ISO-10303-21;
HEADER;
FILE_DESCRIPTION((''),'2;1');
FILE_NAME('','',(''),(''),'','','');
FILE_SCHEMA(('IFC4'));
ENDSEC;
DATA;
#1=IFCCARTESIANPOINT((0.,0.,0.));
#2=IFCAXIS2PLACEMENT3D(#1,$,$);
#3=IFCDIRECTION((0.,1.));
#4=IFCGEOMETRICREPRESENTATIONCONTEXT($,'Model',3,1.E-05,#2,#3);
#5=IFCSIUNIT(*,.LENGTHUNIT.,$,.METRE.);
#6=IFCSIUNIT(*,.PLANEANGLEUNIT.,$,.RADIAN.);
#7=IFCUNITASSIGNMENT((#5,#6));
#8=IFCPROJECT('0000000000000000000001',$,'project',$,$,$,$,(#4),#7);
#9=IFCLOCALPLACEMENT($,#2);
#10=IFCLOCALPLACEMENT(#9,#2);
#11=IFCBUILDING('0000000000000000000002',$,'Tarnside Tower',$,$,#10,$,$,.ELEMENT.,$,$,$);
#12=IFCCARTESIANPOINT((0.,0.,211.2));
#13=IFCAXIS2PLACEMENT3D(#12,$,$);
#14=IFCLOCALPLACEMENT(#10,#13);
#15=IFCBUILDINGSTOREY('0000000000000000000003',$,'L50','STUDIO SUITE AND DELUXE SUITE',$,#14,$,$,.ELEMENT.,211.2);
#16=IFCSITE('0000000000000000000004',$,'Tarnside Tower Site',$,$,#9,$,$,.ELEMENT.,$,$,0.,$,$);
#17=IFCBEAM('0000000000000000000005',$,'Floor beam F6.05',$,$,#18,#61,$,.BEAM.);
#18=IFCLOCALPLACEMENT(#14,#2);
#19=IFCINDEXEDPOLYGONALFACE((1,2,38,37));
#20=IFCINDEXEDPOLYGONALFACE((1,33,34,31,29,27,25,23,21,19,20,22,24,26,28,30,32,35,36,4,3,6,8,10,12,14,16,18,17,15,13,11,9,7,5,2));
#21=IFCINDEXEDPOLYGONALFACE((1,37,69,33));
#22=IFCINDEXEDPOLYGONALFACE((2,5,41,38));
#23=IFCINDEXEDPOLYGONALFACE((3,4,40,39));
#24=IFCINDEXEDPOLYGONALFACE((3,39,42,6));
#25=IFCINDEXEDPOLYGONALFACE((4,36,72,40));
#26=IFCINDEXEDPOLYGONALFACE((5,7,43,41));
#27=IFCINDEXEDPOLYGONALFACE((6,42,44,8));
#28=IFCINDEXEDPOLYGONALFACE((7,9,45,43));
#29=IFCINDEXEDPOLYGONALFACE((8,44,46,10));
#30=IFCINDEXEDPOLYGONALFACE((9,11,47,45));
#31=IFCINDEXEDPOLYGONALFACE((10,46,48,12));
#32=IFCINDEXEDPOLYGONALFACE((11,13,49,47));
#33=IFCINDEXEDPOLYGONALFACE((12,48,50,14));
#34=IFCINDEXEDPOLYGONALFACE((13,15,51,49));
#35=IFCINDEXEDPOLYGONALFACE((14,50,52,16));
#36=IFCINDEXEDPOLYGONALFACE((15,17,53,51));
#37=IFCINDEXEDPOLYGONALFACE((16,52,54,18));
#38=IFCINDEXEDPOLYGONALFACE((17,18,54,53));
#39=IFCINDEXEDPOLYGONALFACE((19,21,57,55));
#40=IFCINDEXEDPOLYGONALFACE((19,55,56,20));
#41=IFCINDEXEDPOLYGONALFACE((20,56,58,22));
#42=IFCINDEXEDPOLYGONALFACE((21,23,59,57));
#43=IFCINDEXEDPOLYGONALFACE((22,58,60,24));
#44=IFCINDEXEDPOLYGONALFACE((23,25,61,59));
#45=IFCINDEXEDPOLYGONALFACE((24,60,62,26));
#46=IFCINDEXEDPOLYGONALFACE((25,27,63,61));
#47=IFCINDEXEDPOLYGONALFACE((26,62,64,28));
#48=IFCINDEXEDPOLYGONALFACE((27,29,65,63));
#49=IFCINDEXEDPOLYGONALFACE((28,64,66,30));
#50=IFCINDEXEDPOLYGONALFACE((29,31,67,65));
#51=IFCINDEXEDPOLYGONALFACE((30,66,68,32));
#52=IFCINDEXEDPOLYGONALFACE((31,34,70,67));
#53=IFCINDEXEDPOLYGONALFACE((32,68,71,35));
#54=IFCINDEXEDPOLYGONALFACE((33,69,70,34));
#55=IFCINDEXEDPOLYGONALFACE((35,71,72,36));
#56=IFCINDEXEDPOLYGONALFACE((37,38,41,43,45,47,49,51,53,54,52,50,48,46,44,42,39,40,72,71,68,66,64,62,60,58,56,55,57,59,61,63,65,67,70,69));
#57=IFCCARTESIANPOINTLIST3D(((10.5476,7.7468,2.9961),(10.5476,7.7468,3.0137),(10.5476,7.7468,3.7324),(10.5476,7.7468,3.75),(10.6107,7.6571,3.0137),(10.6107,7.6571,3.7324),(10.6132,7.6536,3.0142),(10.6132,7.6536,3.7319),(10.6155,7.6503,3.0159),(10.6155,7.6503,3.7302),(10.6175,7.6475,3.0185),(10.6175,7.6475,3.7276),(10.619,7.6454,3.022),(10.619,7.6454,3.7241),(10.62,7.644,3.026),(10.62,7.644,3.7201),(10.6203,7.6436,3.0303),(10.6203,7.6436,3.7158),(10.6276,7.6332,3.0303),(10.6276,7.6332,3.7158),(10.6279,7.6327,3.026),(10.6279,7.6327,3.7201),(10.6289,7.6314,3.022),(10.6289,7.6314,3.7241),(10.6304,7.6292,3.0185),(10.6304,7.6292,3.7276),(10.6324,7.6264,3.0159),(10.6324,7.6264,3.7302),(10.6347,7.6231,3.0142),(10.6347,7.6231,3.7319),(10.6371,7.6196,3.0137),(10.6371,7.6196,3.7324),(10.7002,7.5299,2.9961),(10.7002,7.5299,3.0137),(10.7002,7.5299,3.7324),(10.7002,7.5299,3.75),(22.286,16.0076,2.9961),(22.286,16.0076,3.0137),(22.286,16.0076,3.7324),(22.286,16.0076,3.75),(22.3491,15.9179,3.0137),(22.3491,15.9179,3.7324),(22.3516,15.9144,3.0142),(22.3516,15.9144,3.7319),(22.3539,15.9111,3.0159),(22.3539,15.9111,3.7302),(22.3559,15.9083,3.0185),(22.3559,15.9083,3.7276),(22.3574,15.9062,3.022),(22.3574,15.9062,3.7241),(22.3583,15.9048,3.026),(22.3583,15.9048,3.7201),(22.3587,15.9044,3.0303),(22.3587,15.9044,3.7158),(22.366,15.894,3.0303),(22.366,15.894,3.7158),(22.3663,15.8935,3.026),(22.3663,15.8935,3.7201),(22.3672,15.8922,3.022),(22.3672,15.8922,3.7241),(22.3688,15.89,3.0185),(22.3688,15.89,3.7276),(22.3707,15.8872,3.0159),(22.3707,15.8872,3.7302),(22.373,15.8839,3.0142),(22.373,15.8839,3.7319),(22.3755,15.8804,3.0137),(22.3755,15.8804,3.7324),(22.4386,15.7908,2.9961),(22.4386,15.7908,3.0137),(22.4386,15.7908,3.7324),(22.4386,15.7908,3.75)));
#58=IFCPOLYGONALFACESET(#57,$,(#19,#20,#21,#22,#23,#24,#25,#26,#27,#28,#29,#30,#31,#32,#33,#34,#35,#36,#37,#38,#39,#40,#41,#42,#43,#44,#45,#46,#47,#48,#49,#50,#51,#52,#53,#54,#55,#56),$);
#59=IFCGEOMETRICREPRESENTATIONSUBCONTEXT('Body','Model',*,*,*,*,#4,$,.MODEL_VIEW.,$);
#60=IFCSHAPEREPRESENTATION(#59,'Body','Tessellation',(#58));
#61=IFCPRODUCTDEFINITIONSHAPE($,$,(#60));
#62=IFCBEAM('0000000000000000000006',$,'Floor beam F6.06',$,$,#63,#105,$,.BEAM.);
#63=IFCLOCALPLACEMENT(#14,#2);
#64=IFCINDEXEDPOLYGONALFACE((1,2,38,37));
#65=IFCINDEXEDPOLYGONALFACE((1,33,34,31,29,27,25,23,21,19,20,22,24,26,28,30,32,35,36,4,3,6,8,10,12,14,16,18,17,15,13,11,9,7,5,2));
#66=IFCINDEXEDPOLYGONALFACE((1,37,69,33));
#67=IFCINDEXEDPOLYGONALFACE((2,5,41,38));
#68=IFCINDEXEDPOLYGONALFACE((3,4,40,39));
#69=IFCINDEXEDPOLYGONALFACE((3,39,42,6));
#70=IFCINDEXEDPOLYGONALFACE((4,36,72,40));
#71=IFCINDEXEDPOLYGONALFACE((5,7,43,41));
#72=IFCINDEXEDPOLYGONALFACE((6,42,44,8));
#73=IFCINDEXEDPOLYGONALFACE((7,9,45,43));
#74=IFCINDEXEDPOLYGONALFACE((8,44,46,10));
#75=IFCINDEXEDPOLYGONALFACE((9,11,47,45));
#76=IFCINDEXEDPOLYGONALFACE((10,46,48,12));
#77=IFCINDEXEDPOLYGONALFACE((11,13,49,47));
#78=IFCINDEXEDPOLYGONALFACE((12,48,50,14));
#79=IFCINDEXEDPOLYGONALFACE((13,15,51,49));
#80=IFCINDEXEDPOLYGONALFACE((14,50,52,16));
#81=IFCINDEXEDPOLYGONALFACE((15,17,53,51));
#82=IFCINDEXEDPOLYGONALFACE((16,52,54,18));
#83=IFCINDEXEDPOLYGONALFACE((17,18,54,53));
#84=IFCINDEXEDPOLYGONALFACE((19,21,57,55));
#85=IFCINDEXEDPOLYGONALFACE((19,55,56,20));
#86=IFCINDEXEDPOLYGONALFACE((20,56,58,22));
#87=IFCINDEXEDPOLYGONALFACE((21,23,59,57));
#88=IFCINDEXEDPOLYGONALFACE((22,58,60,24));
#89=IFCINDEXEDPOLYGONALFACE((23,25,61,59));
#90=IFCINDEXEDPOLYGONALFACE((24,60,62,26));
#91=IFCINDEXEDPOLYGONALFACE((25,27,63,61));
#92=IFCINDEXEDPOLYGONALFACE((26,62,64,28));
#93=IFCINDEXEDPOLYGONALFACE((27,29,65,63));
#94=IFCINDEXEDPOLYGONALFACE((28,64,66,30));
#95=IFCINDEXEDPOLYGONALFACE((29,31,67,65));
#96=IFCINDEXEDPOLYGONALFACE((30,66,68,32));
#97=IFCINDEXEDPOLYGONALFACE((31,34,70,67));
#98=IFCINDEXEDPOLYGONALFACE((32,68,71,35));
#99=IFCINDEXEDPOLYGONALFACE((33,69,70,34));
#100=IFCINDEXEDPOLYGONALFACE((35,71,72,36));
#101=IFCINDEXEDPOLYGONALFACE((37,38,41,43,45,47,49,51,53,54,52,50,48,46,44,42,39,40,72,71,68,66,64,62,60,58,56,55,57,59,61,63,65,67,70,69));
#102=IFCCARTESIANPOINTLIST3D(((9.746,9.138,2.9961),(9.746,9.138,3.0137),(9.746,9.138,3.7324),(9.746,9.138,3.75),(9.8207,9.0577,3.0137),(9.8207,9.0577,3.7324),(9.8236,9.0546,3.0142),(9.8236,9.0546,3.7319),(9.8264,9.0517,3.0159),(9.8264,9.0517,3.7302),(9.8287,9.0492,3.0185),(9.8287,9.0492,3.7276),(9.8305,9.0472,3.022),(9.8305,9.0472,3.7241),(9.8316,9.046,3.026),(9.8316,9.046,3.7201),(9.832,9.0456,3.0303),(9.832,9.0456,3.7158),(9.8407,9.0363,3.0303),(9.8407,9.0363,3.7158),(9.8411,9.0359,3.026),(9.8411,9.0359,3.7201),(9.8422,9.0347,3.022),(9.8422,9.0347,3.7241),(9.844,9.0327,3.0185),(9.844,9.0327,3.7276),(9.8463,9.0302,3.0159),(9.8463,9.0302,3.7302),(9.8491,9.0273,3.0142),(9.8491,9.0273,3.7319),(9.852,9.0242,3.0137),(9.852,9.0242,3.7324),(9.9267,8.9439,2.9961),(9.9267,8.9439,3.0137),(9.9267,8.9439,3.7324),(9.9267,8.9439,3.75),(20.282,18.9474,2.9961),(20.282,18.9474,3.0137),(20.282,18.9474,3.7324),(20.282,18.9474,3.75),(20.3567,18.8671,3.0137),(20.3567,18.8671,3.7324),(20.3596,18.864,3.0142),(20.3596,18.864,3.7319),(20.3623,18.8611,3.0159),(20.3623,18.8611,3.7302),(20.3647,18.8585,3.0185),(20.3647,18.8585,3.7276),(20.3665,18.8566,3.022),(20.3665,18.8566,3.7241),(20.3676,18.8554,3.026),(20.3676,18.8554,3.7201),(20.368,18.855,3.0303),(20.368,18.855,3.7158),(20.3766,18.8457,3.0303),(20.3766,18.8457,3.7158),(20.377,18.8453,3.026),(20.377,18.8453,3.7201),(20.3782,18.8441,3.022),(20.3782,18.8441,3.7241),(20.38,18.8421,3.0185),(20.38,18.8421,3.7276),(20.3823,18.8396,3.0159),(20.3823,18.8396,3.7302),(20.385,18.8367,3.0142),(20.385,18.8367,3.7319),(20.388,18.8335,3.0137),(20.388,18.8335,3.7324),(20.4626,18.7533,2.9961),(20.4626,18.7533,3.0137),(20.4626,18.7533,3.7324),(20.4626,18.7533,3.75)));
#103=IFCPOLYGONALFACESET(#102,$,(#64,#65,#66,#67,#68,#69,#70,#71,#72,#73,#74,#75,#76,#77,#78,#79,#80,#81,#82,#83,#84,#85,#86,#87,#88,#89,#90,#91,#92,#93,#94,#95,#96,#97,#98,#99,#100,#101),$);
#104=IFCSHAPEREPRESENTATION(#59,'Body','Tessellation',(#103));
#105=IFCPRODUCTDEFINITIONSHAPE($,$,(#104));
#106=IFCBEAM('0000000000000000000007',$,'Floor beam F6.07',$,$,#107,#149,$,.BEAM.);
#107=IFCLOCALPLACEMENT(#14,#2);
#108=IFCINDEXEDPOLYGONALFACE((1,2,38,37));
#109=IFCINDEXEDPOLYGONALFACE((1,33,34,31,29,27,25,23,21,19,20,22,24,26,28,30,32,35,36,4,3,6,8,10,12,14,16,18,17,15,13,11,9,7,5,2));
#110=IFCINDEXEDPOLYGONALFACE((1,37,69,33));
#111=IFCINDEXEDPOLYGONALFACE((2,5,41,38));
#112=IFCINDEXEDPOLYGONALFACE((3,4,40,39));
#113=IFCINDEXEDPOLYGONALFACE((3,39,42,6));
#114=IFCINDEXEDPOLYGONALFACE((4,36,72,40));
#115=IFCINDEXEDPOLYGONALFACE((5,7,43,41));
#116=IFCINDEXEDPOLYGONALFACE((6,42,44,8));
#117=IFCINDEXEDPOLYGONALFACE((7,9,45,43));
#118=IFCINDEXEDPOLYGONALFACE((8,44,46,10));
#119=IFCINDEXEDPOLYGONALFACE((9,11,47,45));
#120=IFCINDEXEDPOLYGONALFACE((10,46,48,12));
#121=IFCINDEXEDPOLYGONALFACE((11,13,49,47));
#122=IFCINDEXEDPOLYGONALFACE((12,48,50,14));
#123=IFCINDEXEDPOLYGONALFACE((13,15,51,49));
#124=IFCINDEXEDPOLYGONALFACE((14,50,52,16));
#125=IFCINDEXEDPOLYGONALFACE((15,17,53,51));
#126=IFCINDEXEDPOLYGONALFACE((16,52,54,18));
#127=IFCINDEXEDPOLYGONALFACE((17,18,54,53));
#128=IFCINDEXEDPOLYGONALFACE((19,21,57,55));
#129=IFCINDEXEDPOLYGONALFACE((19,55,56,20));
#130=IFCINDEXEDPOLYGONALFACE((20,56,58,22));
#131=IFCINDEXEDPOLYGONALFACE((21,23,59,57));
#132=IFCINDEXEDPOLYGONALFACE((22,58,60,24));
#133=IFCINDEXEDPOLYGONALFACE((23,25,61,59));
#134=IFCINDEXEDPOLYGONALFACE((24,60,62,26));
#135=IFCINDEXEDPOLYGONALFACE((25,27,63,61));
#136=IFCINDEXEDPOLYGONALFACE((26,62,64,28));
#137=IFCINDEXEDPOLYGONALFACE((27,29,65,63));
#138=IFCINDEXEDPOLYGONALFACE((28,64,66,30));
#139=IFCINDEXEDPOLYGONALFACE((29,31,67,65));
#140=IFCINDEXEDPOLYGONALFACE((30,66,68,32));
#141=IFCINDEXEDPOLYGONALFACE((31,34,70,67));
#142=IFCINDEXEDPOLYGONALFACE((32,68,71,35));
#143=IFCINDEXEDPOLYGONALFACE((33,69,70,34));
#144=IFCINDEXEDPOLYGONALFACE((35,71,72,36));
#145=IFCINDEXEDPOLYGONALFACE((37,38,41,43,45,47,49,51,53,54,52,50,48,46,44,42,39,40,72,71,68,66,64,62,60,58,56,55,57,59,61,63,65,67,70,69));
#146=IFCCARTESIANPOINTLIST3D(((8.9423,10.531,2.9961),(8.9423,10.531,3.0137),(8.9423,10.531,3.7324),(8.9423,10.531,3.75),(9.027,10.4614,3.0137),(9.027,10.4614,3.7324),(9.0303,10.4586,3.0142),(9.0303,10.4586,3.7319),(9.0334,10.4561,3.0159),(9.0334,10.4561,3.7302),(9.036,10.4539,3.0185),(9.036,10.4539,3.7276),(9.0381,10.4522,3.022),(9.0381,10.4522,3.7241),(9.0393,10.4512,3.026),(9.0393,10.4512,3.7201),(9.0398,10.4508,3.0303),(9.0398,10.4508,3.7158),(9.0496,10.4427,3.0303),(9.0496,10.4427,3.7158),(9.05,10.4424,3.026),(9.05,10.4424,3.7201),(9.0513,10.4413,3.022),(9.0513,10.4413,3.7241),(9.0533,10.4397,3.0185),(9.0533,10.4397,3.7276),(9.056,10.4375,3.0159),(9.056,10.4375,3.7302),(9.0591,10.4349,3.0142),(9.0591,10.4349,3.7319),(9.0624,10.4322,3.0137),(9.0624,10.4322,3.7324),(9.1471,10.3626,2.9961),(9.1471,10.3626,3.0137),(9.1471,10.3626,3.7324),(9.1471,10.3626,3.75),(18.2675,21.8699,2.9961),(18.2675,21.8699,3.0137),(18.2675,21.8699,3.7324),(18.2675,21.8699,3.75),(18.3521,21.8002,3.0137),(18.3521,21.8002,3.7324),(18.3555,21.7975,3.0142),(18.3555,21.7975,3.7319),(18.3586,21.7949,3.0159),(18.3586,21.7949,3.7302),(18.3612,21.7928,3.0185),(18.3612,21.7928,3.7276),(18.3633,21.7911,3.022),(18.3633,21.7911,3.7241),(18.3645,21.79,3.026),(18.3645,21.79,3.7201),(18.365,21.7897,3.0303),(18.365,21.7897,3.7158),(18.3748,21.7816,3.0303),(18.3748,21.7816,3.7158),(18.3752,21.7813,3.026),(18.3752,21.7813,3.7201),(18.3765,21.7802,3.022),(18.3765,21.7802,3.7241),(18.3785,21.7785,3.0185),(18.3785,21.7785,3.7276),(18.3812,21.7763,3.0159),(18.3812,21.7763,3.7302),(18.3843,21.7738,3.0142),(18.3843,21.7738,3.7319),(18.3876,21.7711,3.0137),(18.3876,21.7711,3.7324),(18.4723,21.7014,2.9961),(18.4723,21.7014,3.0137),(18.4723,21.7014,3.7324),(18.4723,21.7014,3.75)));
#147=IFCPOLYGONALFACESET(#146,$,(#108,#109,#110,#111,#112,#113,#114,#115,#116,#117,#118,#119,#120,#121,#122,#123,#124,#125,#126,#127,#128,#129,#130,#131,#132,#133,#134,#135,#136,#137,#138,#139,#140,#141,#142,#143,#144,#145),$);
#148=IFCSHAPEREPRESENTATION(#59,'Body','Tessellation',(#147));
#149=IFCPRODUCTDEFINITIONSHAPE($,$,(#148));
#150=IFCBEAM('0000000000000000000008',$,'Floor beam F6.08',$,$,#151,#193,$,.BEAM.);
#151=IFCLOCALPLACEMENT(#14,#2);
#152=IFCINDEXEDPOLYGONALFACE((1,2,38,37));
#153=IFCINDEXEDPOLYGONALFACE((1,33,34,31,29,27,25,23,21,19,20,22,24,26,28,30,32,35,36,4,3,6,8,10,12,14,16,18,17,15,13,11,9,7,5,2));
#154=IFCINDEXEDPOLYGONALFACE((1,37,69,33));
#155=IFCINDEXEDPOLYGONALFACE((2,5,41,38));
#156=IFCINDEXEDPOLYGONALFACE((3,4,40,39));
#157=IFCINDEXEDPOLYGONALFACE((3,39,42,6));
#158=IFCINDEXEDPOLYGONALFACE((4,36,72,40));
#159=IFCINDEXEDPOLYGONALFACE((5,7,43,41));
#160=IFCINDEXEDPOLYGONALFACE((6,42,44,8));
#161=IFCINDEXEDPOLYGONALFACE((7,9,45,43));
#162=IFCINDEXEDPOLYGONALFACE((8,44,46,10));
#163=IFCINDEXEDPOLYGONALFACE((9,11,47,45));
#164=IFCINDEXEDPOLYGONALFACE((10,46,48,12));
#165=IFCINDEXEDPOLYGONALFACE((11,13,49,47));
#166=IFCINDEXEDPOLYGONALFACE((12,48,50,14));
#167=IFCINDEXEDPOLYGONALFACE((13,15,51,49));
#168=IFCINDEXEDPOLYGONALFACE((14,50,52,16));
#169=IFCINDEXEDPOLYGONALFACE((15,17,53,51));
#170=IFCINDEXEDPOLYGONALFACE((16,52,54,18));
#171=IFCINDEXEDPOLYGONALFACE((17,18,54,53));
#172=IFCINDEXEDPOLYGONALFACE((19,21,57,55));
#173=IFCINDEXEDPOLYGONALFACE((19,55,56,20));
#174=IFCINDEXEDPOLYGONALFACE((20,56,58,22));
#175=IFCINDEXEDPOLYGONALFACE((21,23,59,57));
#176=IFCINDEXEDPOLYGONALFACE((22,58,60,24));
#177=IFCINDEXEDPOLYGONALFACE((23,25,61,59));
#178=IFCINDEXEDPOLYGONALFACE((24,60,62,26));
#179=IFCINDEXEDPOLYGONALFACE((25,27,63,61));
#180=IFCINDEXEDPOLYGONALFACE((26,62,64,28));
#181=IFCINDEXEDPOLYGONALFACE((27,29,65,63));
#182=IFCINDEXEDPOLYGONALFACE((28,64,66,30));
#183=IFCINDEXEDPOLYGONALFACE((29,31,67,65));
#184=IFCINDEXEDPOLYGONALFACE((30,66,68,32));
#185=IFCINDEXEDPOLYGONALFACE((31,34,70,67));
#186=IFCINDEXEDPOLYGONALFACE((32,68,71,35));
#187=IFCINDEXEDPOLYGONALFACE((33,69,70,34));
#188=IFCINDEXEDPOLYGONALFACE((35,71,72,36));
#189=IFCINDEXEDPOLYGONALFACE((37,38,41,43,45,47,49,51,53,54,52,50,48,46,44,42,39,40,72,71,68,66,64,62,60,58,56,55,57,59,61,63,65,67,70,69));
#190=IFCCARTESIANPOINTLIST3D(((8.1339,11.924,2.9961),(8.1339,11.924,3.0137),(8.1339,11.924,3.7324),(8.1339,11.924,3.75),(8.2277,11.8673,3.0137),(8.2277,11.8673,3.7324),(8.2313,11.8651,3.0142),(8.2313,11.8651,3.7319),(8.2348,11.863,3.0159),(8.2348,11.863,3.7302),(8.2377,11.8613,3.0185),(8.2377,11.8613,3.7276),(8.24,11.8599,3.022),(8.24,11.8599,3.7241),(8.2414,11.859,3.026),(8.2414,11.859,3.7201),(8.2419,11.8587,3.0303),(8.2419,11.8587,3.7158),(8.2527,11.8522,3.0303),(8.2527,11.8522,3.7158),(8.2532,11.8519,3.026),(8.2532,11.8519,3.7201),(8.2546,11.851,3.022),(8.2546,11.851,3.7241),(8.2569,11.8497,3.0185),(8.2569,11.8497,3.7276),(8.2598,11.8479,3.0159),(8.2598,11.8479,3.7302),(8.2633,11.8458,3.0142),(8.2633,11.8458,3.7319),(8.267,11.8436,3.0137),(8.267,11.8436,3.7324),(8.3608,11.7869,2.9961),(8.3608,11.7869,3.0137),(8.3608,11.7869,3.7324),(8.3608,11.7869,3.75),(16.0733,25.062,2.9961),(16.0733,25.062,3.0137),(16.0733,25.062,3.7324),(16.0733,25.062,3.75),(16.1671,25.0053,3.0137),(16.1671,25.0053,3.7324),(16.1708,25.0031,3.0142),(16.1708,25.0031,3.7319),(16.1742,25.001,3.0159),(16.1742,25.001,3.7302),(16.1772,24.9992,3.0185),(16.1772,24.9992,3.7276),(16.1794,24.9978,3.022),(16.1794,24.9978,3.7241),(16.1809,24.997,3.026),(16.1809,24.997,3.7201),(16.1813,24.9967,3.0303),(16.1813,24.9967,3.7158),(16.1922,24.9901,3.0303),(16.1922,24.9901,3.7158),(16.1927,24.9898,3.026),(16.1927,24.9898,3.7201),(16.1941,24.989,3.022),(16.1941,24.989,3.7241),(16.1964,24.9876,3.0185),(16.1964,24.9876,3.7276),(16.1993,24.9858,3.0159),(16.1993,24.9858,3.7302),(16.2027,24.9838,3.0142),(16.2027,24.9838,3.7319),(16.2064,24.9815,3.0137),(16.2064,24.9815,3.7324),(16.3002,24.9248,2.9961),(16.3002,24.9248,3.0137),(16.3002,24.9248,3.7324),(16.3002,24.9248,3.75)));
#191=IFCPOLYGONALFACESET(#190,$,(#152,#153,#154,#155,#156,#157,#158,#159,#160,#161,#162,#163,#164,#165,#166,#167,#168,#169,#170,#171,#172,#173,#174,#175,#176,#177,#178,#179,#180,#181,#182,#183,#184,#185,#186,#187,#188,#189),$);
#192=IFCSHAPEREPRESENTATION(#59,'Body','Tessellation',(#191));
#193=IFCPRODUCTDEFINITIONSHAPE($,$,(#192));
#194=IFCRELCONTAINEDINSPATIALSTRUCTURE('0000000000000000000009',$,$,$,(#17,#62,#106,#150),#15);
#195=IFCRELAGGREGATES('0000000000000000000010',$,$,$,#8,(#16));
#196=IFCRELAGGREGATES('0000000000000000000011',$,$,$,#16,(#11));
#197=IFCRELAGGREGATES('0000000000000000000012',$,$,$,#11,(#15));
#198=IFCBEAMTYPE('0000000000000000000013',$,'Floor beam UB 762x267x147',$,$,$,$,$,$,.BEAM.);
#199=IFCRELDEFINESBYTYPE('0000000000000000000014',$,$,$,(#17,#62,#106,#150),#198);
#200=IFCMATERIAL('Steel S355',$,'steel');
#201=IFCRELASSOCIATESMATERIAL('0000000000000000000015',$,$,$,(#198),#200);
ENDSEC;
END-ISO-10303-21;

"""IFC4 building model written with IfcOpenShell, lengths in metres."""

from ifc_helpers import new_model, si_unit, direction, frame, origin, origin_2d, place, context, subcontext, project, spatial, i_section, extrude, material, material_profile, profile_set, type_object, element, save


model = new_model("IFC4")

# Units and contexts
model_context = context("Model", 3, precision=1e-05, world=origin(), true_north=direction((0.0, 1.0)))
body_context = subcontext(model_context, "Body", "Model", "MODEL_VIEW")
ifc_project = project(units=[si_unit("LENGTHUNIT", "METRE"), si_unit("PLANEANGLEUNIT", "RADIAN")], contexts=[model_context])

# Site, building, storey
site_placement = place(None, origin())
site = spatial("IfcSite", under=ifc_project, at=site_placement, Name="Tarnside Tower Site", CompositionType="ELEMENT", RefElevation=0.0)
building_placement = place(site_placement, origin())
building = spatial("IfcBuilding", under=site, at=building_placement, Name="Tarnside Tower", CompositionType="ELEMENT")
storey_placement = place(building_placement, frame((0.0, 0.0, 211.2)))
storey = spatial("IfcBuildingStorey", under=building, at=storey_placement, Name="L50", Description="STUDIO SUITE AND DELUXE SUITE", CompositionType="ELEMENT", Elevation=211.2)

# Beams
ifc_material_1 = material(Name="Steel S355", Category="steel")
ifc_material_profile_1 = material_profile(ifc_material_1, i_section(OverallWidth=0.2651, OverallDepth=0.7539, WebThickness=0.0127, FlangeThickness=0.0176, FilletRadius=0.0166, at=origin_2d()), Name="UB 762x267x147")
ifc_profile_set_1 = profile_set([ifc_material_profile_1], Name="Steel S355")
beam_type_1 = type_object("IfcBeamType", Name="Floor beam UB 762x267x147", PredefinedType="BEAM", material=ifc_profile_set_1)
beam_1_placement = place(storey_placement, frame((22.3623, 15.8992, 3.373), z_axis=(-0.817791, -0.575515, 0.0), x_axis=(0.575515, -0.817791, 0.0)))
element("IfcBeam", 1, at=beam_1_placement, inside=storey, type_object=beam_type_1, Name="Floor beam F6.05", PredefinedType="BEAM", context=body_context, shape_type="SweptSolid", body=[
    extrude(i_section(OverallWidth=0.2651, OverallDepth=0.7539, WebThickness=0.0127, FlangeThickness=0.0176, FilletRadius=0.0166, at=origin_2d()), origin(), (0.0, 0.0, 1.0), 14.3538),
])
beam_2_placement = place(storey_placement, frame((20.3723, 18.8503, 3.373), z_axis=(-0.731892, -0.68142, 0.0), x_axis=(0.68142, -0.731892, 0.0)))
element("IfcBeam", 2, at=beam_2_placement, inside=storey, type_object=beam_type_1, Name="Floor beam F6.06", PredefinedType="BEAM", context=body_context, shape_type="SweptSolid", body=[
    extrude(i_section(OverallWidth=0.2651, OverallDepth=0.7539, WebThickness=0.0127, FlangeThickness=0.0176, FilletRadius=0.0166, at=origin_2d()), origin(), (0.0, 0.0, 1.0), 14.3955),
])
beam_3_placement = place(storey_placement, frame((18.3699, 21.7856, 3.373), z_axis=(-0.635192, -0.772354, 0.0), x_axis=(0.772354, -0.635192, 0.0)))
element("IfcBeam", 3, at=beam_3_placement, inside=storey, type_object=beam_type_1, Name="Floor beam F6.07", PredefinedType="BEAM", context=body_context, shape_type="SweptSolid", body=[
    extrude(i_section(OverallWidth=0.2651, OverallDepth=0.7539, WebThickness=0.0127, FlangeThickness=0.0176, FilletRadius=0.0166, at=origin_2d()), origin(), (0.0, 0.0, 1.0), 14.6809),
])
beam_4_placement = place(storey_placement, frame((16.1868, 24.9934, 3.373), z_axis=(-0.517209, -0.855859, 0.0), x_axis=(0.855859, -0.517209, 0.0)))
element("IfcBeam", 4, at=beam_4_placement, inside=storey, type_object=beam_type_1, Name="Floor beam F6.08", PredefinedType="BEAM", context=body_context, shape_type="SweptSolid", body=[
    extrude(i_section(OverallWidth=0.2651, OverallDepth=0.7539, WebThickness=0.0127, FlangeThickness=0.0176, FilletRadius=0.0166, at=origin_2d()), origin(), (0.0, 0.0, 1.0), 15.3506),
])

save(model, "model.ifc")
